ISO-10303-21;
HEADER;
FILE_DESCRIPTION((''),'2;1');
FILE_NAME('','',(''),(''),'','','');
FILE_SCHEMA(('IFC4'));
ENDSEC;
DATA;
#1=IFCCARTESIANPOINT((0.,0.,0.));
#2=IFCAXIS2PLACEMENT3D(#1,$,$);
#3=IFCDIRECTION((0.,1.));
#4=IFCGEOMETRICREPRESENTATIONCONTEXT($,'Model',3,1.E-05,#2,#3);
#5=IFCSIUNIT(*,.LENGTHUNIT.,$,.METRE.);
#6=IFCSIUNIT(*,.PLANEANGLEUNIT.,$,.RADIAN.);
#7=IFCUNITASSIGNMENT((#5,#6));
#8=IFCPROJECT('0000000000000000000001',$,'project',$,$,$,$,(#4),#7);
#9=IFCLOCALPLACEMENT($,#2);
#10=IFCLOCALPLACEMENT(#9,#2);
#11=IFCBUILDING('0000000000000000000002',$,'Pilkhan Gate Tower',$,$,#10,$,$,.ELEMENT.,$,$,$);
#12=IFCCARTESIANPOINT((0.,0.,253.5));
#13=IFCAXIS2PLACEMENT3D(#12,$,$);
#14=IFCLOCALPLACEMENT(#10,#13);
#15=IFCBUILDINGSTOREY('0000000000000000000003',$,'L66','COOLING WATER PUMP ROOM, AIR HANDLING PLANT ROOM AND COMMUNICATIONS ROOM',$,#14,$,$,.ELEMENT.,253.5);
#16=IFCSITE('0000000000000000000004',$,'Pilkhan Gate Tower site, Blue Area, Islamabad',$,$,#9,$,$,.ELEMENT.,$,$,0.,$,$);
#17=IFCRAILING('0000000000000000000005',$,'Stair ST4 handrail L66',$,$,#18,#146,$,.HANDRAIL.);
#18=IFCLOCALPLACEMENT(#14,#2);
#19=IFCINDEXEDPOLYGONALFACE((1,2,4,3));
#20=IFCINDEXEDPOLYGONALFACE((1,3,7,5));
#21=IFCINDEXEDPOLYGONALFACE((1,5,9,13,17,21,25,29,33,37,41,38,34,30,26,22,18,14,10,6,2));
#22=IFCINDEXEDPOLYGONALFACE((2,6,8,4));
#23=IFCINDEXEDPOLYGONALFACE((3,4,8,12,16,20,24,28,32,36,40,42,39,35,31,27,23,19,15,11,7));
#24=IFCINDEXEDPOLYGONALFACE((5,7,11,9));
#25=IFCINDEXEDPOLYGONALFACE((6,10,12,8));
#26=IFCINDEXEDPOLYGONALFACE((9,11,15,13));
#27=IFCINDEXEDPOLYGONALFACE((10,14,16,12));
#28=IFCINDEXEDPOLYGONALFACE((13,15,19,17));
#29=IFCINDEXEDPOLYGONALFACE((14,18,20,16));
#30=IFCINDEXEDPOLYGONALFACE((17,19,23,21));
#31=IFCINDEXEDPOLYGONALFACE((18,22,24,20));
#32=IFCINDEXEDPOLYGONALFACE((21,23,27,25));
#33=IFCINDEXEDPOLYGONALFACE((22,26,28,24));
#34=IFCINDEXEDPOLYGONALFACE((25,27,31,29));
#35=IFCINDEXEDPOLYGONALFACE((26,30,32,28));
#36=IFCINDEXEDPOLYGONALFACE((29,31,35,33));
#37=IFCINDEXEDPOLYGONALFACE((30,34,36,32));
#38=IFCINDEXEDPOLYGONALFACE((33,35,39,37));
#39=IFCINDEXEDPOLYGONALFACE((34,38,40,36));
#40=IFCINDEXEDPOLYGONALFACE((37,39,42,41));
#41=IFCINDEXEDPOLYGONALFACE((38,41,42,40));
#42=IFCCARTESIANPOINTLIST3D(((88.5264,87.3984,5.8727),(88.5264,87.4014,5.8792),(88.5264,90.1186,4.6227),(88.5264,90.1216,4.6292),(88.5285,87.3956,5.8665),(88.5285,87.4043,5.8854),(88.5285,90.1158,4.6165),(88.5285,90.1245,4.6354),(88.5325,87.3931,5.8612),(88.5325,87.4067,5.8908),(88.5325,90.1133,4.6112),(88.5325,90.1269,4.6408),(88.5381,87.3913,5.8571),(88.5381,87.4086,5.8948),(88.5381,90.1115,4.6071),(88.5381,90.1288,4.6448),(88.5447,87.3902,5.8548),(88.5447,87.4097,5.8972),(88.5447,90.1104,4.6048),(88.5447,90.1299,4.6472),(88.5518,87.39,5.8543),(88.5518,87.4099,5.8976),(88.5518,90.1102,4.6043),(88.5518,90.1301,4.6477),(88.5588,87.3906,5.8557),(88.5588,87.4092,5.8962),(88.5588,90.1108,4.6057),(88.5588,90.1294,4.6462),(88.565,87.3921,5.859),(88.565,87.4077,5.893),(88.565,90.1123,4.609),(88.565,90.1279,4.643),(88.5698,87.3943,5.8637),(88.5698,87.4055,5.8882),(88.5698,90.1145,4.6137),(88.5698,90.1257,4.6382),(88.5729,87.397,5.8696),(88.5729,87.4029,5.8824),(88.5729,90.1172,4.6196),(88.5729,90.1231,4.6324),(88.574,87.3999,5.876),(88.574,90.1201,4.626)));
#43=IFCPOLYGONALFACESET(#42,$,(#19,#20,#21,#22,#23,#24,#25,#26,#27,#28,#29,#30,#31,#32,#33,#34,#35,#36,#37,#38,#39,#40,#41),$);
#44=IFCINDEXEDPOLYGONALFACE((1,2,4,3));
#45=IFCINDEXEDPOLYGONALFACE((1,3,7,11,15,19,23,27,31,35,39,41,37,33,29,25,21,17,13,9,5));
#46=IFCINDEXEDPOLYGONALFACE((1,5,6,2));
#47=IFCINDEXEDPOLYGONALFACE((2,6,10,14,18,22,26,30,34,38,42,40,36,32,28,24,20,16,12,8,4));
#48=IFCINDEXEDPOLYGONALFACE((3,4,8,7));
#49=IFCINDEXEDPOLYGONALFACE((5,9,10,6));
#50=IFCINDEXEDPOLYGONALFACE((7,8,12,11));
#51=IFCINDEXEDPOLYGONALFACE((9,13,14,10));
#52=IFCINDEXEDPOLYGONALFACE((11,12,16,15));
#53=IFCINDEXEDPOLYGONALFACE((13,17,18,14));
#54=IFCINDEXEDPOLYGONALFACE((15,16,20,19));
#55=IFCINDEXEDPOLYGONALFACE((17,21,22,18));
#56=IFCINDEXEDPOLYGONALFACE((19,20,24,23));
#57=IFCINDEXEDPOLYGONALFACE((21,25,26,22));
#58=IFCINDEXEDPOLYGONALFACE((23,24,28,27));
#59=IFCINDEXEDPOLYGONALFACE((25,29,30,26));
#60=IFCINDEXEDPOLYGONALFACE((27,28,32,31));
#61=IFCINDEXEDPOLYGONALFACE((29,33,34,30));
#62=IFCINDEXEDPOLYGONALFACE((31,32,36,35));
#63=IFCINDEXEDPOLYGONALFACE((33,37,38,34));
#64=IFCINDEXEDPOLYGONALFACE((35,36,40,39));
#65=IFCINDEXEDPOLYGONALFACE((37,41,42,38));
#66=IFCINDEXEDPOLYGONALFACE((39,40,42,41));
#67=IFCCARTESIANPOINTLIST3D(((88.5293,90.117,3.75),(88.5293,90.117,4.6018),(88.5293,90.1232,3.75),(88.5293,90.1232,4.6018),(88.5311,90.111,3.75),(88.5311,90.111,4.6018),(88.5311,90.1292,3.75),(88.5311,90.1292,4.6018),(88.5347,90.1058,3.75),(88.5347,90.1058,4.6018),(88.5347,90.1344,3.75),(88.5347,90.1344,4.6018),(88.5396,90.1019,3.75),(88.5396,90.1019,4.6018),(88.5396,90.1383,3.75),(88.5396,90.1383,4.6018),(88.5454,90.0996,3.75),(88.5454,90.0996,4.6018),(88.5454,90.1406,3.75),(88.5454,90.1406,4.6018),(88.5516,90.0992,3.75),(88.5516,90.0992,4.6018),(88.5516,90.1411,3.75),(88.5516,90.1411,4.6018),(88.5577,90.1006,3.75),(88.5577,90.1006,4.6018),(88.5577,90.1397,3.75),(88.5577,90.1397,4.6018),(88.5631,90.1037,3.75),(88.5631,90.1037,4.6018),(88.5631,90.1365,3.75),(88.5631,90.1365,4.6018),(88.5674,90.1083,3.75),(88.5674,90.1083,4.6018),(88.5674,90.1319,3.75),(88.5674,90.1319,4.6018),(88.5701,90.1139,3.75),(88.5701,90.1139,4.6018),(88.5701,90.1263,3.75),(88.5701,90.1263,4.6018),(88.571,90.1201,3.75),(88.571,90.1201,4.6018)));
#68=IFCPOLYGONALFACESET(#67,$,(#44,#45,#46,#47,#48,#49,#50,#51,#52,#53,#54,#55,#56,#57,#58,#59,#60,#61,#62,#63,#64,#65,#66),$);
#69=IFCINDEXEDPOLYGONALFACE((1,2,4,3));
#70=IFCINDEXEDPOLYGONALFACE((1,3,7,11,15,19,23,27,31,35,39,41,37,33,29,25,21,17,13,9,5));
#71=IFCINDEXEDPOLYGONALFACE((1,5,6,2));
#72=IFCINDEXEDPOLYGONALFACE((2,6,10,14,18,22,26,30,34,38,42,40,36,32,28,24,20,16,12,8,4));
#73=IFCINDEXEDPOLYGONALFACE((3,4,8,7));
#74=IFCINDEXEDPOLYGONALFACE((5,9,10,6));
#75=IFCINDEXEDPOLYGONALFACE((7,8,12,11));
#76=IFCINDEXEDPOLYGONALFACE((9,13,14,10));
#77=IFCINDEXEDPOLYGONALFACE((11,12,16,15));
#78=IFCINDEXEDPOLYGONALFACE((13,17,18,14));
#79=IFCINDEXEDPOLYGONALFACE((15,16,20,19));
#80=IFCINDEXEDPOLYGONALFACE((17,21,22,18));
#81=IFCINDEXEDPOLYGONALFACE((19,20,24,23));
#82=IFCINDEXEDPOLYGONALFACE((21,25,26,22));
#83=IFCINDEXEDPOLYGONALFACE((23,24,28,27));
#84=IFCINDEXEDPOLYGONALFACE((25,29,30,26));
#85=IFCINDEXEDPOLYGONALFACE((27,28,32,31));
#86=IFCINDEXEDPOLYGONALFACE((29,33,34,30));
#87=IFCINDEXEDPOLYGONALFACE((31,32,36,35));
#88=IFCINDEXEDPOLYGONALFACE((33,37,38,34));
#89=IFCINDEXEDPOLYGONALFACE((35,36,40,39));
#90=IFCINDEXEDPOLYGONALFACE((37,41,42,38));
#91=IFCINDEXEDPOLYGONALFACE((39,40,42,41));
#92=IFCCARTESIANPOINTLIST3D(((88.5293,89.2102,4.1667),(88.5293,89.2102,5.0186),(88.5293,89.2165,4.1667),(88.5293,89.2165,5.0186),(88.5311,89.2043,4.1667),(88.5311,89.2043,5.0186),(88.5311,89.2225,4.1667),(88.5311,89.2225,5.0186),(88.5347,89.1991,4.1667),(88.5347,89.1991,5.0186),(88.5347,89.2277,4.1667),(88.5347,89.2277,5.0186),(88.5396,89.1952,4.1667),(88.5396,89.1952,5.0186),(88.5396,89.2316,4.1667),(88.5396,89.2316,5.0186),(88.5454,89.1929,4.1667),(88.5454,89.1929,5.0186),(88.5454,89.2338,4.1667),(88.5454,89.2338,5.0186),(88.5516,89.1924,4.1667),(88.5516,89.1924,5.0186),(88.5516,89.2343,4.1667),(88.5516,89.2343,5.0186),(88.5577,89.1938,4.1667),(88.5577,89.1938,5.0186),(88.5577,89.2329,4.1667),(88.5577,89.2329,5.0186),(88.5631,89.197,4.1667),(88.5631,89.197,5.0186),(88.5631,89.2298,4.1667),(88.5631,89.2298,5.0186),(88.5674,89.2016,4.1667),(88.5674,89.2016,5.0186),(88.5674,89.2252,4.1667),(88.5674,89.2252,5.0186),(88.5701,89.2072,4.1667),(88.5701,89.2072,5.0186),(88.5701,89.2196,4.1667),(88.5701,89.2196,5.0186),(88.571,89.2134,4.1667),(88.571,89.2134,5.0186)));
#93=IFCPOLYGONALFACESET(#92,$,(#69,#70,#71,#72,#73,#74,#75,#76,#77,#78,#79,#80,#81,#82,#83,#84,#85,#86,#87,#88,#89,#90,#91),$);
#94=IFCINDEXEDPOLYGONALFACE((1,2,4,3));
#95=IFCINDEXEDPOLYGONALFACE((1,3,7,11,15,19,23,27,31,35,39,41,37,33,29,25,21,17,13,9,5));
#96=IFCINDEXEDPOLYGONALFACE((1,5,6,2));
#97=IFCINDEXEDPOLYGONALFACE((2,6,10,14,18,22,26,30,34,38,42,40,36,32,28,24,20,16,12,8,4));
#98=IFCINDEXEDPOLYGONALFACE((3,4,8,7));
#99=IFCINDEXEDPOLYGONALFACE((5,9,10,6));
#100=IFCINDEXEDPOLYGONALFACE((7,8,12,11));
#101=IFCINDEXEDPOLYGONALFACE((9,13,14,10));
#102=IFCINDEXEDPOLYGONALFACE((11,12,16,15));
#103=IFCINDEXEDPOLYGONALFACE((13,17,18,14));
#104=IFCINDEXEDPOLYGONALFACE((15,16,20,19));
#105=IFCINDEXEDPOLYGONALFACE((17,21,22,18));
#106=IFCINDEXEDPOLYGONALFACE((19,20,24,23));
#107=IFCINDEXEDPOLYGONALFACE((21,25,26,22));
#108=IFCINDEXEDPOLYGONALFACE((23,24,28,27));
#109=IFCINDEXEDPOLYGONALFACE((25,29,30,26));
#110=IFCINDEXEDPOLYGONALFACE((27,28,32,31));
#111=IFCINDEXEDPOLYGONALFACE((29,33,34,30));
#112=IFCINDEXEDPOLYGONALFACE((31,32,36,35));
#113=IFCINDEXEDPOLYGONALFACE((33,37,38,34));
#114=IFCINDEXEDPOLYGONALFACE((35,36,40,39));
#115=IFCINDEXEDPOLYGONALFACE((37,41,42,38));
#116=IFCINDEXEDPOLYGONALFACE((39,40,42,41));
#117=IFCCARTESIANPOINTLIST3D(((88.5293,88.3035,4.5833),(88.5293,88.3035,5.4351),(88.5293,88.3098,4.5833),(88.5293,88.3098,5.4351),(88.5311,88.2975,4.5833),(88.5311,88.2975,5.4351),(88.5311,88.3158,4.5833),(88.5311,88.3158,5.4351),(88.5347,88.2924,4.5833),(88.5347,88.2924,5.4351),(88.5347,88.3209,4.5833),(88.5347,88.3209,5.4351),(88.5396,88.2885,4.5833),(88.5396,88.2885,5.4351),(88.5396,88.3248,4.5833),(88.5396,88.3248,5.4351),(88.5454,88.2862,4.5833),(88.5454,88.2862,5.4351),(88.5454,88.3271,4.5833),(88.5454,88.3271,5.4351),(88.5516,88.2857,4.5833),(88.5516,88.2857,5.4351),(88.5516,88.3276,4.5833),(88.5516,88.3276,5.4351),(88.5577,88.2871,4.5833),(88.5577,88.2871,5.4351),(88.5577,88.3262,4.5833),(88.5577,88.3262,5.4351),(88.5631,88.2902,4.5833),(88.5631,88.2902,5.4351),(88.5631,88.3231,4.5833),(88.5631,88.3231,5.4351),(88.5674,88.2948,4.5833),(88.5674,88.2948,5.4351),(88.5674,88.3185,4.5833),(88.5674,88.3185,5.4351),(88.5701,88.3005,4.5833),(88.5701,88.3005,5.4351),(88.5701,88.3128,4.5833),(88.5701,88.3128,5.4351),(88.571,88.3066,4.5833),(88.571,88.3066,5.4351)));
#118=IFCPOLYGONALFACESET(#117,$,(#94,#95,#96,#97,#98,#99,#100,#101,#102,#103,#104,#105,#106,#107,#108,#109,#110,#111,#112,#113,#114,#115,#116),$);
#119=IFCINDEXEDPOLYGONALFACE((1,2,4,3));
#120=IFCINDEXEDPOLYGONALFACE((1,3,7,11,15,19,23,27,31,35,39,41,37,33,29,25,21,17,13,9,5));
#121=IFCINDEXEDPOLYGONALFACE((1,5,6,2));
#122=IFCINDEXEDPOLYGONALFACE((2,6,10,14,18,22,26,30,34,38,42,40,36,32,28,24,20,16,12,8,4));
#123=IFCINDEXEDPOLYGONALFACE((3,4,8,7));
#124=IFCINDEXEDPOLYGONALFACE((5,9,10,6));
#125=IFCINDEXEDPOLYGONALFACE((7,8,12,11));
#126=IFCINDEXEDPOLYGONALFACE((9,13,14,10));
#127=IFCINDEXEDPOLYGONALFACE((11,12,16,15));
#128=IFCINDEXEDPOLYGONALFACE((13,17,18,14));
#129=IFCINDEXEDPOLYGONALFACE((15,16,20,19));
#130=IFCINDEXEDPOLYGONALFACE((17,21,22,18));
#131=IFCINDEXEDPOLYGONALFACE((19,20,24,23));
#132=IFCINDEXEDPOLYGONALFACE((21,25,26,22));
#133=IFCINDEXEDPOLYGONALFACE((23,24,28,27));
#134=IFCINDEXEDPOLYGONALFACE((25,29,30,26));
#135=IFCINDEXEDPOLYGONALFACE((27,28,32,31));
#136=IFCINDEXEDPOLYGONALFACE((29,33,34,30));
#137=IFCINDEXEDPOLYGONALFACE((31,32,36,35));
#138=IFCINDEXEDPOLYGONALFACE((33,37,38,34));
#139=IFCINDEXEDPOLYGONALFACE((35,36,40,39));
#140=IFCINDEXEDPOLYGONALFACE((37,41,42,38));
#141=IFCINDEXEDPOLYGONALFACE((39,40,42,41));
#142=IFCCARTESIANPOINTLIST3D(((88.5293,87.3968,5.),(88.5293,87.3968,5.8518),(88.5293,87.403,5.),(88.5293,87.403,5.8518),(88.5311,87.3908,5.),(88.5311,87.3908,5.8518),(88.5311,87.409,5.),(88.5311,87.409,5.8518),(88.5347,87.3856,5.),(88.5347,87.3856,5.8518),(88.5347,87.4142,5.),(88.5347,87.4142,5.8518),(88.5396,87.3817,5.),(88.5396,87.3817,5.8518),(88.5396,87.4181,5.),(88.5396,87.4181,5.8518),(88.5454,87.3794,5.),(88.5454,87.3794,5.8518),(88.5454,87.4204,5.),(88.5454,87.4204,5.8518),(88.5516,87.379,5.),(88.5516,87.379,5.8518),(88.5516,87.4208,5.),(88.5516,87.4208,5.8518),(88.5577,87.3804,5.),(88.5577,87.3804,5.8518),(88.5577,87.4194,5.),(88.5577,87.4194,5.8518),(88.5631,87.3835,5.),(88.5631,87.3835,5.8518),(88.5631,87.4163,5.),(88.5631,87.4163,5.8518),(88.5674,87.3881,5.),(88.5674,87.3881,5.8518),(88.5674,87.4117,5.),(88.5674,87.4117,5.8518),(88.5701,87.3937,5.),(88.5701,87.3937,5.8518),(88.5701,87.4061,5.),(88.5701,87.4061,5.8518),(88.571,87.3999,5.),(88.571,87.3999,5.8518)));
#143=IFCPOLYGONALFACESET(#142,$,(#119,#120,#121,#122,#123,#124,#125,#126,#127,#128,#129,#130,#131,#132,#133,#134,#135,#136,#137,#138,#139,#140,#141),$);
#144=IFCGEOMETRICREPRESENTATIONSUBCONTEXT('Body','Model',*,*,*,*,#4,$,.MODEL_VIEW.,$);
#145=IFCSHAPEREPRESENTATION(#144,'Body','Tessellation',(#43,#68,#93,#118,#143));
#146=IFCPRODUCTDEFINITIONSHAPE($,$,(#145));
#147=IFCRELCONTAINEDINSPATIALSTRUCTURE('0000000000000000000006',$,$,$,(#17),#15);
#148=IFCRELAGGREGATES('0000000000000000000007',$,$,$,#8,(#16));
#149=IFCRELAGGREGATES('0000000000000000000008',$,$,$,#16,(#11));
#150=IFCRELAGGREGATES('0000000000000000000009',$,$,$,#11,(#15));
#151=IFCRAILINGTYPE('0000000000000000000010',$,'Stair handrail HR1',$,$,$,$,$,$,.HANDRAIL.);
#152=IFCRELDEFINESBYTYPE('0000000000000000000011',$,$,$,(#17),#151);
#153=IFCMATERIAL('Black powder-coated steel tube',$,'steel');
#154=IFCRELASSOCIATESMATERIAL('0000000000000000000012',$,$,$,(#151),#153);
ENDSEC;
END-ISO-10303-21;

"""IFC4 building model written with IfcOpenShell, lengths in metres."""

from ifc_helpers import new_model, si_unit, direction, frame, origin, origin_2d, place, context, subcontext, project, spatial, circle, extrude, material, type_object, element, save


model = new_model("IFC4")

# Units and contexts
model_context = context("Model", 3, precision=1e-05, world=origin(), true_north=direction((0.0, 1.0)))
body_context = subcontext(model_context, "Body", "Model", "MODEL_VIEW")
ifc_project = project(units=[si_unit("LENGTHUNIT", "METRE"), si_unit("PLANEANGLEUNIT", "RADIAN")], contexts=[model_context])

# Site, building, storey
site_placement = place(None, origin())
site = spatial("IfcSite", under=ifc_project, at=site_placement, Name="Pilkhan Gate Tower site, Blue Area, Islamabad", CompositionType="ELEMENT", RefElevation=0.0)
building_placement = place(site_placement, origin())
building = spatial("IfcBuilding", under=site, at=building_placement, Name="Pilkhan Gate Tower", CompositionType="ELEMENT")
storey_placement = place(building_placement, frame((0.0, 0.0, 253.5)))
storey = spatial("IfcBuildingStorey", under=building, at=storey_placement, Name="L66", Description="COOLING WATER PUMP ROOM, AIR HANDLING PLANT ROOM AND COMMUNICATIONS ROOM", CompositionType="ELEMENT", Elevation=253.5)

# Railing
ifc_material_1 = material(Name="Black powder-coated steel tube", Category="steel")
railing_type_1 = type_object("IfcRailingType", Name="Stair handrail HR1", PredefinedType="HANDRAIL", material=ifc_material_1)
railing_1_placement = place(storey_placement, frame((88.55, 90.1201, 3.75)))
element("IfcRailing", 1, at=railing_1_placement, inside=storey, type_object=railing_type_1, Name="Stair ST4 handrail L66", PredefinedType="HANDRAIL", context=body_context, shape_type="SweptSolid", body=[
    extrude(circle(Radius=0.0239, at=origin_2d()), frame((0.0, 0.0, 0.876), z_axis=(0.0, -0.908655, 0.417547), x_axis=(1.0, 0.0, 0.0)), (0.0, 0.0, 1.0), 2.9937),
    extrude(circle(Radius=0.021, at=origin_2d()), origin(), (0.0, 0.0, 1.0), 0.8518),
    extrude(circle(Radius=0.021, at=origin_2d()), frame((0.0, -0.9067, 0.4167)), (0.0, 0.0, 1.0), 0.8518),
    extrude(circle(Radius=0.021, at=origin_2d()), frame((0.0, -1.8135, 0.8333)), (0.0, 0.0, 1.0), 0.8518),
    extrude(circle(Radius=0.021, at=origin_2d()), frame((0.0, -2.7202, 1.25)), (0.0, 0.0, 1.0), 0.8518),
])

save(model, "model.ifc")
